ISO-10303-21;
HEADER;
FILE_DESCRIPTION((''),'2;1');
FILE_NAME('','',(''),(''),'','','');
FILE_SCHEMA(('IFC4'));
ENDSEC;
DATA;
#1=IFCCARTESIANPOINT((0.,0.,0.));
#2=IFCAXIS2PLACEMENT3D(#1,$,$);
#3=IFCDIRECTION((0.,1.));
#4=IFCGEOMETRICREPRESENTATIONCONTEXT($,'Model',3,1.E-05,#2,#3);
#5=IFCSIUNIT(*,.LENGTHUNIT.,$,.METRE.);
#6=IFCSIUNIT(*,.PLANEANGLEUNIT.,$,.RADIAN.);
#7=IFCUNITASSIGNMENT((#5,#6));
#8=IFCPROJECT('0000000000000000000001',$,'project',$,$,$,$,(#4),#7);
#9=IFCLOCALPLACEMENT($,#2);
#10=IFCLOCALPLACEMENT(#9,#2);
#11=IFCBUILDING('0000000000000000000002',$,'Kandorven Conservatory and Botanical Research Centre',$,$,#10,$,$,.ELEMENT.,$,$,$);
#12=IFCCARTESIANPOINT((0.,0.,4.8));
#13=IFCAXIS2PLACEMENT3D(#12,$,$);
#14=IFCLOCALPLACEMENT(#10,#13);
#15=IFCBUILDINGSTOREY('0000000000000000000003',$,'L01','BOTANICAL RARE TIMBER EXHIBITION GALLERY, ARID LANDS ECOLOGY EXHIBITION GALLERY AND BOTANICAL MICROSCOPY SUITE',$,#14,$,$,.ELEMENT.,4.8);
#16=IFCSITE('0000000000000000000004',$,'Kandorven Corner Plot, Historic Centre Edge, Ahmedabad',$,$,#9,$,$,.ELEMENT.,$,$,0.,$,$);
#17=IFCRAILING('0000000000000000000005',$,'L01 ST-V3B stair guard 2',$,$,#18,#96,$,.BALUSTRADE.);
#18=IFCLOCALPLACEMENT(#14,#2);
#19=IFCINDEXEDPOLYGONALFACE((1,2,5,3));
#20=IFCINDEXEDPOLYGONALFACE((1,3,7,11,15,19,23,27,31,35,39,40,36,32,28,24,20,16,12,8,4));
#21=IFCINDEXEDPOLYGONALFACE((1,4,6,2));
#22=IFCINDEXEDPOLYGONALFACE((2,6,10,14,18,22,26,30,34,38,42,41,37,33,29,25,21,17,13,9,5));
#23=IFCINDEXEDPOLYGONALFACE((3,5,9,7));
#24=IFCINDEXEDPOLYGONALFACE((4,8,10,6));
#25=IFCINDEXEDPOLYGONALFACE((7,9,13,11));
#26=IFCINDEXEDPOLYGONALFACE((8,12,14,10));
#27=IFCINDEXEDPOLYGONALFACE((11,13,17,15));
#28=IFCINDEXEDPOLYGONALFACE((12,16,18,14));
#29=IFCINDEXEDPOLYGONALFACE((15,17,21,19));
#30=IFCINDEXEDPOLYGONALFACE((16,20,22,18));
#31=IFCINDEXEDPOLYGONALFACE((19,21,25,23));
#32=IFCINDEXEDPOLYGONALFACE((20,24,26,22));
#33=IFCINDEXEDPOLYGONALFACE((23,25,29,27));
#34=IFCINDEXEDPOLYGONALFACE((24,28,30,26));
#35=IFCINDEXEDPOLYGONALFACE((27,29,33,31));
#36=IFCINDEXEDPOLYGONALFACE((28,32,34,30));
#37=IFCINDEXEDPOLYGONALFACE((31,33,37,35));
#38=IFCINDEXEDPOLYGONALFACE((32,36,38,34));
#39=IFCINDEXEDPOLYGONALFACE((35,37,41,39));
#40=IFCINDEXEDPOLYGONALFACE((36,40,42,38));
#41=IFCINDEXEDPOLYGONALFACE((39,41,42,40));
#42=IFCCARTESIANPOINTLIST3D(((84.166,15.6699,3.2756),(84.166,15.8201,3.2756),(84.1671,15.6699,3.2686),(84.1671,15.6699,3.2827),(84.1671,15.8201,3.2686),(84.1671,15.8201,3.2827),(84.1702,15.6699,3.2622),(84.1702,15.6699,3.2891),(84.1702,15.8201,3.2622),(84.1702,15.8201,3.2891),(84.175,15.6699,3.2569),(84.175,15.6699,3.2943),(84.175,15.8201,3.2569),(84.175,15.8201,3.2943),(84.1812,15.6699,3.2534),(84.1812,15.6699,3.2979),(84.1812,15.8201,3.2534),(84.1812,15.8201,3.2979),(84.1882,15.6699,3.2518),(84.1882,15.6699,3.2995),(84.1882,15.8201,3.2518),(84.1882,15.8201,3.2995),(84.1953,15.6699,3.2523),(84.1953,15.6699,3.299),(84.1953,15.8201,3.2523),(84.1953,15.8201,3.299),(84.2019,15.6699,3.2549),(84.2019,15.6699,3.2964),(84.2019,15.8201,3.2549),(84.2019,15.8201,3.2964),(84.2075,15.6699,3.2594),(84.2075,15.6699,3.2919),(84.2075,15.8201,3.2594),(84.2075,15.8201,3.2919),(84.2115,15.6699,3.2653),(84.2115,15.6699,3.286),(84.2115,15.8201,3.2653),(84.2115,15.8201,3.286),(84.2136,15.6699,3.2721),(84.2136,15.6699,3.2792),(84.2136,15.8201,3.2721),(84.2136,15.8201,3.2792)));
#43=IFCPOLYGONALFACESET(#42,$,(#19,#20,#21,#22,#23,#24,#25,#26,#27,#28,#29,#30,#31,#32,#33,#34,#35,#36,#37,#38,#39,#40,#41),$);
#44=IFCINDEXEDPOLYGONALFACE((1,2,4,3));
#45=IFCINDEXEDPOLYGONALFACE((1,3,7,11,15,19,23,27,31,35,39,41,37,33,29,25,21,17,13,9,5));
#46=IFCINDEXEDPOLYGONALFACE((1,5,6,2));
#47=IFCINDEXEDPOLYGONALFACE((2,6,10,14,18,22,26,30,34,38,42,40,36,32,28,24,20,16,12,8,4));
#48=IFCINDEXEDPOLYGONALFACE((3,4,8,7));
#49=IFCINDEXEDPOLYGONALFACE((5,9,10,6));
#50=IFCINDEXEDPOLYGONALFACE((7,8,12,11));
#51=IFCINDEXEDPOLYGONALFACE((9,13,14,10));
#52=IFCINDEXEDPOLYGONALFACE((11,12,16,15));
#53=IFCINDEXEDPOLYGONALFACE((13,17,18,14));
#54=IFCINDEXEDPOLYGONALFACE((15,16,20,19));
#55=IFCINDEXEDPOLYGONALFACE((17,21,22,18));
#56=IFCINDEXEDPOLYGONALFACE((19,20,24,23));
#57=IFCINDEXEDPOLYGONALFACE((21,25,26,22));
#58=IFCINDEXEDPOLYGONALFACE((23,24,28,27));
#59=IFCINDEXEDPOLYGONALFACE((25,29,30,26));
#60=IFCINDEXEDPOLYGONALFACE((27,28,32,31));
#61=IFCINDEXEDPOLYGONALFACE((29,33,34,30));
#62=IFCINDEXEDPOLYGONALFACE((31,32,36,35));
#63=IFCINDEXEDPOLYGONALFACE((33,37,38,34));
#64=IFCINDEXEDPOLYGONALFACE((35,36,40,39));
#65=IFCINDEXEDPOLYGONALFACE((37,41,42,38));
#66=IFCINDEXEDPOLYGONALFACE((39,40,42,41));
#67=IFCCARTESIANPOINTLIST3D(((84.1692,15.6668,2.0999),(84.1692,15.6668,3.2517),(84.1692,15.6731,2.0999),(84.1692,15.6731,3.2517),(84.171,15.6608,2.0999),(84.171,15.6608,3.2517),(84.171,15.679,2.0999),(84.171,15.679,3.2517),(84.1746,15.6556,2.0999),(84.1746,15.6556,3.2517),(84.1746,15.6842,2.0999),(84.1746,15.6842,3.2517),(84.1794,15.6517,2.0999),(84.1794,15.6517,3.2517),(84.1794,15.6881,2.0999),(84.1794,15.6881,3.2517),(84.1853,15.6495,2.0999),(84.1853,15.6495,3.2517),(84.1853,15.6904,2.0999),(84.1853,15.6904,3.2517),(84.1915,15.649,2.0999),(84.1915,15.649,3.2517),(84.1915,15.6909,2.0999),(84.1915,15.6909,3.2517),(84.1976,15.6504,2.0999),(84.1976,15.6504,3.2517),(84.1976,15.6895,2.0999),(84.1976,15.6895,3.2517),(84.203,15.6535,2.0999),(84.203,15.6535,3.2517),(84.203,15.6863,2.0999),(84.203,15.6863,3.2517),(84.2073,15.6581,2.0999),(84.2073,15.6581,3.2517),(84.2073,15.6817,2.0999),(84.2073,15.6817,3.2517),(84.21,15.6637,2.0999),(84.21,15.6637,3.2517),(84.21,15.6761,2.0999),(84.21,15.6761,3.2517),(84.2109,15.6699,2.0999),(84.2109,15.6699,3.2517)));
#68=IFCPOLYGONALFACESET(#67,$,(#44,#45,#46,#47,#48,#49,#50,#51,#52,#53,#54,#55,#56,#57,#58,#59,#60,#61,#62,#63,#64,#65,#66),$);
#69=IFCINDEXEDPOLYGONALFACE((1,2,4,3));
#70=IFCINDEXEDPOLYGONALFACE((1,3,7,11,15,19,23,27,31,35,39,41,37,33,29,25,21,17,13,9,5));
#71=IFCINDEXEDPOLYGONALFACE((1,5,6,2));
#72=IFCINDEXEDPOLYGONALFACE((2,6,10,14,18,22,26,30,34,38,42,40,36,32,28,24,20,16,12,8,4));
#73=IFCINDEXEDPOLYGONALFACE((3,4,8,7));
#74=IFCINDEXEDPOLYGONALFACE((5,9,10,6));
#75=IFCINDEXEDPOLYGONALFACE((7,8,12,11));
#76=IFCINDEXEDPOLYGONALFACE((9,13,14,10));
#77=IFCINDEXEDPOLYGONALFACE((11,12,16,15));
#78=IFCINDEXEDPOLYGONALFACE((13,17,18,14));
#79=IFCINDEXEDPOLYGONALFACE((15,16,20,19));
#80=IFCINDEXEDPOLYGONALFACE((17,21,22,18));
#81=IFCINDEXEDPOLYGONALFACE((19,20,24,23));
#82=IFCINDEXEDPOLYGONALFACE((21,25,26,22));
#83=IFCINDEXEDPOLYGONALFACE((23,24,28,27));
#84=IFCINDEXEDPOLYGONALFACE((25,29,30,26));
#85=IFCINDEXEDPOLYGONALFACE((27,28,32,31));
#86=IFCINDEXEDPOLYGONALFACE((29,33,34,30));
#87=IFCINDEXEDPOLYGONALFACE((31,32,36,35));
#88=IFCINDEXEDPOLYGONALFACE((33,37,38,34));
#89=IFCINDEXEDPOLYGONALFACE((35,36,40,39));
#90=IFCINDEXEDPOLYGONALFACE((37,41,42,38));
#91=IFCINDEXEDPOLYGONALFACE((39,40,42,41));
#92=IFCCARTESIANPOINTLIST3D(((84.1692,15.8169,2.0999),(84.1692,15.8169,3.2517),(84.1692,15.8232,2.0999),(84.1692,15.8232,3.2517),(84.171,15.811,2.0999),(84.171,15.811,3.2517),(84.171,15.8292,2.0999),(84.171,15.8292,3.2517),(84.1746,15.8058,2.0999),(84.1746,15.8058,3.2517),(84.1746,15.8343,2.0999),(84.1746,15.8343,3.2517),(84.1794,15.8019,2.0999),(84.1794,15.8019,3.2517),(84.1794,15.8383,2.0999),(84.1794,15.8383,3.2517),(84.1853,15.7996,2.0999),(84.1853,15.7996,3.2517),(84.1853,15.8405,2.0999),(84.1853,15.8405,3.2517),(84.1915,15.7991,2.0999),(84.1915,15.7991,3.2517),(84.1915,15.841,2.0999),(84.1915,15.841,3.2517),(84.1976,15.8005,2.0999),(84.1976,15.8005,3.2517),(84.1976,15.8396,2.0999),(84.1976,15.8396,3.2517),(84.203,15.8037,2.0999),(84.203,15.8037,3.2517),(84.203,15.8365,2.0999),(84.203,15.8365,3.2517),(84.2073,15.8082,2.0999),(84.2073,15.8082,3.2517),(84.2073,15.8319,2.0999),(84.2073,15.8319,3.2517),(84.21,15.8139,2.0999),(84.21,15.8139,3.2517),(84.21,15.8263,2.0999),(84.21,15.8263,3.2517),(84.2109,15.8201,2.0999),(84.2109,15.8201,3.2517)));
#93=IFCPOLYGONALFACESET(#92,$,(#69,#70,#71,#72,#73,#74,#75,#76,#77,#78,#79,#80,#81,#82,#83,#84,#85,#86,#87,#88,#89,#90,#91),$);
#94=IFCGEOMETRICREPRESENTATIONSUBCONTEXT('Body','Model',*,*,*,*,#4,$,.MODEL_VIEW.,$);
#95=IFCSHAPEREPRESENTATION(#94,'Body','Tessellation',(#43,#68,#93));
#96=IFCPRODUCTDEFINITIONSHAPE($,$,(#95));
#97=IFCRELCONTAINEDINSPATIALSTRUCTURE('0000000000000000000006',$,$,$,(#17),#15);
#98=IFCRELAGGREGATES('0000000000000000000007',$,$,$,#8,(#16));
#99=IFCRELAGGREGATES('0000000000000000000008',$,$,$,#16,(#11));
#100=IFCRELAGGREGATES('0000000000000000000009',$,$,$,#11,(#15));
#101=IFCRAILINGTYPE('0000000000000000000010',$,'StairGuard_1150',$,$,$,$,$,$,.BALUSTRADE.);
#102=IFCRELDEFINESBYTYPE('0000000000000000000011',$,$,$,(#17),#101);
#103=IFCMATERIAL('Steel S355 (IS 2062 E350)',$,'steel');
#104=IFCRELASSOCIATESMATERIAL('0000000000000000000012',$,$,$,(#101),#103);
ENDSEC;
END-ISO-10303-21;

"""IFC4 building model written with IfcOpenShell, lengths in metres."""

from ifc_helpers import new_model, si_unit, direction, frame, origin, origin_2d, place, context, subcontext, project, spatial, circle, extrude, material, type_object, element, save


model = new_model("IFC4")

# Units and contexts
model_context = context("Model", 3, precision=1e-05, world=origin(), true_north=direction((0.0, 1.0)))
body_context = subcontext(model_context, "Body", "Model", "MODEL_VIEW")
ifc_project = project(units=[si_unit("LENGTHUNIT", "METRE"), si_unit("PLANEANGLEUNIT", "RADIAN")], contexts=[model_context])

# Site, building, storey
site_placement = place(None, origin())
site = spatial("IfcSite", under=ifc_project, at=site_placement, Name="Kandorven Corner Plot, Historic Centre Edge, Ahmedabad", CompositionType="ELEMENT", RefElevation=0.0)
building_placement = place(site_placement, origin())
building = spatial("IfcBuilding", under=site, at=building_placement, Name="Kandorven Conservatory and Botanical Research Centre", CompositionType="ELEMENT")
storey_placement = place(building_placement, frame((0.0, 0.0, 4.8)))
storey = spatial("IfcBuildingStorey", under=building, at=storey_placement, Name="L01", Description="BOTANICAL RARE TIMBER EXHIBITION GALLERY, ARID LANDS ECOLOGY EXHIBITION GALLERY AND BOTANICAL MICROSCOPY SUITE", CompositionType="ELEMENT", Elevation=4.8)

# Railing
ifc_material_1 = material(Name="Steel S355 (IS 2062 E350)", Category="steel")
railing_type_1 = type_object("IfcRailingType", Name="StairGuard_1150", PredefinedType="BALUSTRADE", material=ifc_material_1)
railing_1_placement = place(storey_placement, frame((84.1899, 15.6699, 2.0999)))
element("IfcRailing", 1, at=railing_1_placement, inside=storey, type_object=railing_type_1, Name="L01 ST-V3B stair guard 2", PredefinedType="BALUSTRADE", context=body_context, shape_type="SweptSolid", body=[
    extrude(circle(Radius=0.0239, at=origin_2d()), frame((0.0, 0.0, 1.1758), z_axis=(0.0, 1.0, 0.0), x_axis=(-1.0, 0.0, 0.0)), (0.0, 0.0, 1.0), 0.1501),
    extrude(circle(Radius=0.021, at=origin_2d()), origin(), (0.0, 0.0, 1.0), 1.1519),
    extrude(circle(Radius=0.021, at=origin_2d()), frame((0.0, 0.1501, 0.0)), (0.0, 0.0, 1.0), 1.1519),
])

save(model, "model.ifc")
